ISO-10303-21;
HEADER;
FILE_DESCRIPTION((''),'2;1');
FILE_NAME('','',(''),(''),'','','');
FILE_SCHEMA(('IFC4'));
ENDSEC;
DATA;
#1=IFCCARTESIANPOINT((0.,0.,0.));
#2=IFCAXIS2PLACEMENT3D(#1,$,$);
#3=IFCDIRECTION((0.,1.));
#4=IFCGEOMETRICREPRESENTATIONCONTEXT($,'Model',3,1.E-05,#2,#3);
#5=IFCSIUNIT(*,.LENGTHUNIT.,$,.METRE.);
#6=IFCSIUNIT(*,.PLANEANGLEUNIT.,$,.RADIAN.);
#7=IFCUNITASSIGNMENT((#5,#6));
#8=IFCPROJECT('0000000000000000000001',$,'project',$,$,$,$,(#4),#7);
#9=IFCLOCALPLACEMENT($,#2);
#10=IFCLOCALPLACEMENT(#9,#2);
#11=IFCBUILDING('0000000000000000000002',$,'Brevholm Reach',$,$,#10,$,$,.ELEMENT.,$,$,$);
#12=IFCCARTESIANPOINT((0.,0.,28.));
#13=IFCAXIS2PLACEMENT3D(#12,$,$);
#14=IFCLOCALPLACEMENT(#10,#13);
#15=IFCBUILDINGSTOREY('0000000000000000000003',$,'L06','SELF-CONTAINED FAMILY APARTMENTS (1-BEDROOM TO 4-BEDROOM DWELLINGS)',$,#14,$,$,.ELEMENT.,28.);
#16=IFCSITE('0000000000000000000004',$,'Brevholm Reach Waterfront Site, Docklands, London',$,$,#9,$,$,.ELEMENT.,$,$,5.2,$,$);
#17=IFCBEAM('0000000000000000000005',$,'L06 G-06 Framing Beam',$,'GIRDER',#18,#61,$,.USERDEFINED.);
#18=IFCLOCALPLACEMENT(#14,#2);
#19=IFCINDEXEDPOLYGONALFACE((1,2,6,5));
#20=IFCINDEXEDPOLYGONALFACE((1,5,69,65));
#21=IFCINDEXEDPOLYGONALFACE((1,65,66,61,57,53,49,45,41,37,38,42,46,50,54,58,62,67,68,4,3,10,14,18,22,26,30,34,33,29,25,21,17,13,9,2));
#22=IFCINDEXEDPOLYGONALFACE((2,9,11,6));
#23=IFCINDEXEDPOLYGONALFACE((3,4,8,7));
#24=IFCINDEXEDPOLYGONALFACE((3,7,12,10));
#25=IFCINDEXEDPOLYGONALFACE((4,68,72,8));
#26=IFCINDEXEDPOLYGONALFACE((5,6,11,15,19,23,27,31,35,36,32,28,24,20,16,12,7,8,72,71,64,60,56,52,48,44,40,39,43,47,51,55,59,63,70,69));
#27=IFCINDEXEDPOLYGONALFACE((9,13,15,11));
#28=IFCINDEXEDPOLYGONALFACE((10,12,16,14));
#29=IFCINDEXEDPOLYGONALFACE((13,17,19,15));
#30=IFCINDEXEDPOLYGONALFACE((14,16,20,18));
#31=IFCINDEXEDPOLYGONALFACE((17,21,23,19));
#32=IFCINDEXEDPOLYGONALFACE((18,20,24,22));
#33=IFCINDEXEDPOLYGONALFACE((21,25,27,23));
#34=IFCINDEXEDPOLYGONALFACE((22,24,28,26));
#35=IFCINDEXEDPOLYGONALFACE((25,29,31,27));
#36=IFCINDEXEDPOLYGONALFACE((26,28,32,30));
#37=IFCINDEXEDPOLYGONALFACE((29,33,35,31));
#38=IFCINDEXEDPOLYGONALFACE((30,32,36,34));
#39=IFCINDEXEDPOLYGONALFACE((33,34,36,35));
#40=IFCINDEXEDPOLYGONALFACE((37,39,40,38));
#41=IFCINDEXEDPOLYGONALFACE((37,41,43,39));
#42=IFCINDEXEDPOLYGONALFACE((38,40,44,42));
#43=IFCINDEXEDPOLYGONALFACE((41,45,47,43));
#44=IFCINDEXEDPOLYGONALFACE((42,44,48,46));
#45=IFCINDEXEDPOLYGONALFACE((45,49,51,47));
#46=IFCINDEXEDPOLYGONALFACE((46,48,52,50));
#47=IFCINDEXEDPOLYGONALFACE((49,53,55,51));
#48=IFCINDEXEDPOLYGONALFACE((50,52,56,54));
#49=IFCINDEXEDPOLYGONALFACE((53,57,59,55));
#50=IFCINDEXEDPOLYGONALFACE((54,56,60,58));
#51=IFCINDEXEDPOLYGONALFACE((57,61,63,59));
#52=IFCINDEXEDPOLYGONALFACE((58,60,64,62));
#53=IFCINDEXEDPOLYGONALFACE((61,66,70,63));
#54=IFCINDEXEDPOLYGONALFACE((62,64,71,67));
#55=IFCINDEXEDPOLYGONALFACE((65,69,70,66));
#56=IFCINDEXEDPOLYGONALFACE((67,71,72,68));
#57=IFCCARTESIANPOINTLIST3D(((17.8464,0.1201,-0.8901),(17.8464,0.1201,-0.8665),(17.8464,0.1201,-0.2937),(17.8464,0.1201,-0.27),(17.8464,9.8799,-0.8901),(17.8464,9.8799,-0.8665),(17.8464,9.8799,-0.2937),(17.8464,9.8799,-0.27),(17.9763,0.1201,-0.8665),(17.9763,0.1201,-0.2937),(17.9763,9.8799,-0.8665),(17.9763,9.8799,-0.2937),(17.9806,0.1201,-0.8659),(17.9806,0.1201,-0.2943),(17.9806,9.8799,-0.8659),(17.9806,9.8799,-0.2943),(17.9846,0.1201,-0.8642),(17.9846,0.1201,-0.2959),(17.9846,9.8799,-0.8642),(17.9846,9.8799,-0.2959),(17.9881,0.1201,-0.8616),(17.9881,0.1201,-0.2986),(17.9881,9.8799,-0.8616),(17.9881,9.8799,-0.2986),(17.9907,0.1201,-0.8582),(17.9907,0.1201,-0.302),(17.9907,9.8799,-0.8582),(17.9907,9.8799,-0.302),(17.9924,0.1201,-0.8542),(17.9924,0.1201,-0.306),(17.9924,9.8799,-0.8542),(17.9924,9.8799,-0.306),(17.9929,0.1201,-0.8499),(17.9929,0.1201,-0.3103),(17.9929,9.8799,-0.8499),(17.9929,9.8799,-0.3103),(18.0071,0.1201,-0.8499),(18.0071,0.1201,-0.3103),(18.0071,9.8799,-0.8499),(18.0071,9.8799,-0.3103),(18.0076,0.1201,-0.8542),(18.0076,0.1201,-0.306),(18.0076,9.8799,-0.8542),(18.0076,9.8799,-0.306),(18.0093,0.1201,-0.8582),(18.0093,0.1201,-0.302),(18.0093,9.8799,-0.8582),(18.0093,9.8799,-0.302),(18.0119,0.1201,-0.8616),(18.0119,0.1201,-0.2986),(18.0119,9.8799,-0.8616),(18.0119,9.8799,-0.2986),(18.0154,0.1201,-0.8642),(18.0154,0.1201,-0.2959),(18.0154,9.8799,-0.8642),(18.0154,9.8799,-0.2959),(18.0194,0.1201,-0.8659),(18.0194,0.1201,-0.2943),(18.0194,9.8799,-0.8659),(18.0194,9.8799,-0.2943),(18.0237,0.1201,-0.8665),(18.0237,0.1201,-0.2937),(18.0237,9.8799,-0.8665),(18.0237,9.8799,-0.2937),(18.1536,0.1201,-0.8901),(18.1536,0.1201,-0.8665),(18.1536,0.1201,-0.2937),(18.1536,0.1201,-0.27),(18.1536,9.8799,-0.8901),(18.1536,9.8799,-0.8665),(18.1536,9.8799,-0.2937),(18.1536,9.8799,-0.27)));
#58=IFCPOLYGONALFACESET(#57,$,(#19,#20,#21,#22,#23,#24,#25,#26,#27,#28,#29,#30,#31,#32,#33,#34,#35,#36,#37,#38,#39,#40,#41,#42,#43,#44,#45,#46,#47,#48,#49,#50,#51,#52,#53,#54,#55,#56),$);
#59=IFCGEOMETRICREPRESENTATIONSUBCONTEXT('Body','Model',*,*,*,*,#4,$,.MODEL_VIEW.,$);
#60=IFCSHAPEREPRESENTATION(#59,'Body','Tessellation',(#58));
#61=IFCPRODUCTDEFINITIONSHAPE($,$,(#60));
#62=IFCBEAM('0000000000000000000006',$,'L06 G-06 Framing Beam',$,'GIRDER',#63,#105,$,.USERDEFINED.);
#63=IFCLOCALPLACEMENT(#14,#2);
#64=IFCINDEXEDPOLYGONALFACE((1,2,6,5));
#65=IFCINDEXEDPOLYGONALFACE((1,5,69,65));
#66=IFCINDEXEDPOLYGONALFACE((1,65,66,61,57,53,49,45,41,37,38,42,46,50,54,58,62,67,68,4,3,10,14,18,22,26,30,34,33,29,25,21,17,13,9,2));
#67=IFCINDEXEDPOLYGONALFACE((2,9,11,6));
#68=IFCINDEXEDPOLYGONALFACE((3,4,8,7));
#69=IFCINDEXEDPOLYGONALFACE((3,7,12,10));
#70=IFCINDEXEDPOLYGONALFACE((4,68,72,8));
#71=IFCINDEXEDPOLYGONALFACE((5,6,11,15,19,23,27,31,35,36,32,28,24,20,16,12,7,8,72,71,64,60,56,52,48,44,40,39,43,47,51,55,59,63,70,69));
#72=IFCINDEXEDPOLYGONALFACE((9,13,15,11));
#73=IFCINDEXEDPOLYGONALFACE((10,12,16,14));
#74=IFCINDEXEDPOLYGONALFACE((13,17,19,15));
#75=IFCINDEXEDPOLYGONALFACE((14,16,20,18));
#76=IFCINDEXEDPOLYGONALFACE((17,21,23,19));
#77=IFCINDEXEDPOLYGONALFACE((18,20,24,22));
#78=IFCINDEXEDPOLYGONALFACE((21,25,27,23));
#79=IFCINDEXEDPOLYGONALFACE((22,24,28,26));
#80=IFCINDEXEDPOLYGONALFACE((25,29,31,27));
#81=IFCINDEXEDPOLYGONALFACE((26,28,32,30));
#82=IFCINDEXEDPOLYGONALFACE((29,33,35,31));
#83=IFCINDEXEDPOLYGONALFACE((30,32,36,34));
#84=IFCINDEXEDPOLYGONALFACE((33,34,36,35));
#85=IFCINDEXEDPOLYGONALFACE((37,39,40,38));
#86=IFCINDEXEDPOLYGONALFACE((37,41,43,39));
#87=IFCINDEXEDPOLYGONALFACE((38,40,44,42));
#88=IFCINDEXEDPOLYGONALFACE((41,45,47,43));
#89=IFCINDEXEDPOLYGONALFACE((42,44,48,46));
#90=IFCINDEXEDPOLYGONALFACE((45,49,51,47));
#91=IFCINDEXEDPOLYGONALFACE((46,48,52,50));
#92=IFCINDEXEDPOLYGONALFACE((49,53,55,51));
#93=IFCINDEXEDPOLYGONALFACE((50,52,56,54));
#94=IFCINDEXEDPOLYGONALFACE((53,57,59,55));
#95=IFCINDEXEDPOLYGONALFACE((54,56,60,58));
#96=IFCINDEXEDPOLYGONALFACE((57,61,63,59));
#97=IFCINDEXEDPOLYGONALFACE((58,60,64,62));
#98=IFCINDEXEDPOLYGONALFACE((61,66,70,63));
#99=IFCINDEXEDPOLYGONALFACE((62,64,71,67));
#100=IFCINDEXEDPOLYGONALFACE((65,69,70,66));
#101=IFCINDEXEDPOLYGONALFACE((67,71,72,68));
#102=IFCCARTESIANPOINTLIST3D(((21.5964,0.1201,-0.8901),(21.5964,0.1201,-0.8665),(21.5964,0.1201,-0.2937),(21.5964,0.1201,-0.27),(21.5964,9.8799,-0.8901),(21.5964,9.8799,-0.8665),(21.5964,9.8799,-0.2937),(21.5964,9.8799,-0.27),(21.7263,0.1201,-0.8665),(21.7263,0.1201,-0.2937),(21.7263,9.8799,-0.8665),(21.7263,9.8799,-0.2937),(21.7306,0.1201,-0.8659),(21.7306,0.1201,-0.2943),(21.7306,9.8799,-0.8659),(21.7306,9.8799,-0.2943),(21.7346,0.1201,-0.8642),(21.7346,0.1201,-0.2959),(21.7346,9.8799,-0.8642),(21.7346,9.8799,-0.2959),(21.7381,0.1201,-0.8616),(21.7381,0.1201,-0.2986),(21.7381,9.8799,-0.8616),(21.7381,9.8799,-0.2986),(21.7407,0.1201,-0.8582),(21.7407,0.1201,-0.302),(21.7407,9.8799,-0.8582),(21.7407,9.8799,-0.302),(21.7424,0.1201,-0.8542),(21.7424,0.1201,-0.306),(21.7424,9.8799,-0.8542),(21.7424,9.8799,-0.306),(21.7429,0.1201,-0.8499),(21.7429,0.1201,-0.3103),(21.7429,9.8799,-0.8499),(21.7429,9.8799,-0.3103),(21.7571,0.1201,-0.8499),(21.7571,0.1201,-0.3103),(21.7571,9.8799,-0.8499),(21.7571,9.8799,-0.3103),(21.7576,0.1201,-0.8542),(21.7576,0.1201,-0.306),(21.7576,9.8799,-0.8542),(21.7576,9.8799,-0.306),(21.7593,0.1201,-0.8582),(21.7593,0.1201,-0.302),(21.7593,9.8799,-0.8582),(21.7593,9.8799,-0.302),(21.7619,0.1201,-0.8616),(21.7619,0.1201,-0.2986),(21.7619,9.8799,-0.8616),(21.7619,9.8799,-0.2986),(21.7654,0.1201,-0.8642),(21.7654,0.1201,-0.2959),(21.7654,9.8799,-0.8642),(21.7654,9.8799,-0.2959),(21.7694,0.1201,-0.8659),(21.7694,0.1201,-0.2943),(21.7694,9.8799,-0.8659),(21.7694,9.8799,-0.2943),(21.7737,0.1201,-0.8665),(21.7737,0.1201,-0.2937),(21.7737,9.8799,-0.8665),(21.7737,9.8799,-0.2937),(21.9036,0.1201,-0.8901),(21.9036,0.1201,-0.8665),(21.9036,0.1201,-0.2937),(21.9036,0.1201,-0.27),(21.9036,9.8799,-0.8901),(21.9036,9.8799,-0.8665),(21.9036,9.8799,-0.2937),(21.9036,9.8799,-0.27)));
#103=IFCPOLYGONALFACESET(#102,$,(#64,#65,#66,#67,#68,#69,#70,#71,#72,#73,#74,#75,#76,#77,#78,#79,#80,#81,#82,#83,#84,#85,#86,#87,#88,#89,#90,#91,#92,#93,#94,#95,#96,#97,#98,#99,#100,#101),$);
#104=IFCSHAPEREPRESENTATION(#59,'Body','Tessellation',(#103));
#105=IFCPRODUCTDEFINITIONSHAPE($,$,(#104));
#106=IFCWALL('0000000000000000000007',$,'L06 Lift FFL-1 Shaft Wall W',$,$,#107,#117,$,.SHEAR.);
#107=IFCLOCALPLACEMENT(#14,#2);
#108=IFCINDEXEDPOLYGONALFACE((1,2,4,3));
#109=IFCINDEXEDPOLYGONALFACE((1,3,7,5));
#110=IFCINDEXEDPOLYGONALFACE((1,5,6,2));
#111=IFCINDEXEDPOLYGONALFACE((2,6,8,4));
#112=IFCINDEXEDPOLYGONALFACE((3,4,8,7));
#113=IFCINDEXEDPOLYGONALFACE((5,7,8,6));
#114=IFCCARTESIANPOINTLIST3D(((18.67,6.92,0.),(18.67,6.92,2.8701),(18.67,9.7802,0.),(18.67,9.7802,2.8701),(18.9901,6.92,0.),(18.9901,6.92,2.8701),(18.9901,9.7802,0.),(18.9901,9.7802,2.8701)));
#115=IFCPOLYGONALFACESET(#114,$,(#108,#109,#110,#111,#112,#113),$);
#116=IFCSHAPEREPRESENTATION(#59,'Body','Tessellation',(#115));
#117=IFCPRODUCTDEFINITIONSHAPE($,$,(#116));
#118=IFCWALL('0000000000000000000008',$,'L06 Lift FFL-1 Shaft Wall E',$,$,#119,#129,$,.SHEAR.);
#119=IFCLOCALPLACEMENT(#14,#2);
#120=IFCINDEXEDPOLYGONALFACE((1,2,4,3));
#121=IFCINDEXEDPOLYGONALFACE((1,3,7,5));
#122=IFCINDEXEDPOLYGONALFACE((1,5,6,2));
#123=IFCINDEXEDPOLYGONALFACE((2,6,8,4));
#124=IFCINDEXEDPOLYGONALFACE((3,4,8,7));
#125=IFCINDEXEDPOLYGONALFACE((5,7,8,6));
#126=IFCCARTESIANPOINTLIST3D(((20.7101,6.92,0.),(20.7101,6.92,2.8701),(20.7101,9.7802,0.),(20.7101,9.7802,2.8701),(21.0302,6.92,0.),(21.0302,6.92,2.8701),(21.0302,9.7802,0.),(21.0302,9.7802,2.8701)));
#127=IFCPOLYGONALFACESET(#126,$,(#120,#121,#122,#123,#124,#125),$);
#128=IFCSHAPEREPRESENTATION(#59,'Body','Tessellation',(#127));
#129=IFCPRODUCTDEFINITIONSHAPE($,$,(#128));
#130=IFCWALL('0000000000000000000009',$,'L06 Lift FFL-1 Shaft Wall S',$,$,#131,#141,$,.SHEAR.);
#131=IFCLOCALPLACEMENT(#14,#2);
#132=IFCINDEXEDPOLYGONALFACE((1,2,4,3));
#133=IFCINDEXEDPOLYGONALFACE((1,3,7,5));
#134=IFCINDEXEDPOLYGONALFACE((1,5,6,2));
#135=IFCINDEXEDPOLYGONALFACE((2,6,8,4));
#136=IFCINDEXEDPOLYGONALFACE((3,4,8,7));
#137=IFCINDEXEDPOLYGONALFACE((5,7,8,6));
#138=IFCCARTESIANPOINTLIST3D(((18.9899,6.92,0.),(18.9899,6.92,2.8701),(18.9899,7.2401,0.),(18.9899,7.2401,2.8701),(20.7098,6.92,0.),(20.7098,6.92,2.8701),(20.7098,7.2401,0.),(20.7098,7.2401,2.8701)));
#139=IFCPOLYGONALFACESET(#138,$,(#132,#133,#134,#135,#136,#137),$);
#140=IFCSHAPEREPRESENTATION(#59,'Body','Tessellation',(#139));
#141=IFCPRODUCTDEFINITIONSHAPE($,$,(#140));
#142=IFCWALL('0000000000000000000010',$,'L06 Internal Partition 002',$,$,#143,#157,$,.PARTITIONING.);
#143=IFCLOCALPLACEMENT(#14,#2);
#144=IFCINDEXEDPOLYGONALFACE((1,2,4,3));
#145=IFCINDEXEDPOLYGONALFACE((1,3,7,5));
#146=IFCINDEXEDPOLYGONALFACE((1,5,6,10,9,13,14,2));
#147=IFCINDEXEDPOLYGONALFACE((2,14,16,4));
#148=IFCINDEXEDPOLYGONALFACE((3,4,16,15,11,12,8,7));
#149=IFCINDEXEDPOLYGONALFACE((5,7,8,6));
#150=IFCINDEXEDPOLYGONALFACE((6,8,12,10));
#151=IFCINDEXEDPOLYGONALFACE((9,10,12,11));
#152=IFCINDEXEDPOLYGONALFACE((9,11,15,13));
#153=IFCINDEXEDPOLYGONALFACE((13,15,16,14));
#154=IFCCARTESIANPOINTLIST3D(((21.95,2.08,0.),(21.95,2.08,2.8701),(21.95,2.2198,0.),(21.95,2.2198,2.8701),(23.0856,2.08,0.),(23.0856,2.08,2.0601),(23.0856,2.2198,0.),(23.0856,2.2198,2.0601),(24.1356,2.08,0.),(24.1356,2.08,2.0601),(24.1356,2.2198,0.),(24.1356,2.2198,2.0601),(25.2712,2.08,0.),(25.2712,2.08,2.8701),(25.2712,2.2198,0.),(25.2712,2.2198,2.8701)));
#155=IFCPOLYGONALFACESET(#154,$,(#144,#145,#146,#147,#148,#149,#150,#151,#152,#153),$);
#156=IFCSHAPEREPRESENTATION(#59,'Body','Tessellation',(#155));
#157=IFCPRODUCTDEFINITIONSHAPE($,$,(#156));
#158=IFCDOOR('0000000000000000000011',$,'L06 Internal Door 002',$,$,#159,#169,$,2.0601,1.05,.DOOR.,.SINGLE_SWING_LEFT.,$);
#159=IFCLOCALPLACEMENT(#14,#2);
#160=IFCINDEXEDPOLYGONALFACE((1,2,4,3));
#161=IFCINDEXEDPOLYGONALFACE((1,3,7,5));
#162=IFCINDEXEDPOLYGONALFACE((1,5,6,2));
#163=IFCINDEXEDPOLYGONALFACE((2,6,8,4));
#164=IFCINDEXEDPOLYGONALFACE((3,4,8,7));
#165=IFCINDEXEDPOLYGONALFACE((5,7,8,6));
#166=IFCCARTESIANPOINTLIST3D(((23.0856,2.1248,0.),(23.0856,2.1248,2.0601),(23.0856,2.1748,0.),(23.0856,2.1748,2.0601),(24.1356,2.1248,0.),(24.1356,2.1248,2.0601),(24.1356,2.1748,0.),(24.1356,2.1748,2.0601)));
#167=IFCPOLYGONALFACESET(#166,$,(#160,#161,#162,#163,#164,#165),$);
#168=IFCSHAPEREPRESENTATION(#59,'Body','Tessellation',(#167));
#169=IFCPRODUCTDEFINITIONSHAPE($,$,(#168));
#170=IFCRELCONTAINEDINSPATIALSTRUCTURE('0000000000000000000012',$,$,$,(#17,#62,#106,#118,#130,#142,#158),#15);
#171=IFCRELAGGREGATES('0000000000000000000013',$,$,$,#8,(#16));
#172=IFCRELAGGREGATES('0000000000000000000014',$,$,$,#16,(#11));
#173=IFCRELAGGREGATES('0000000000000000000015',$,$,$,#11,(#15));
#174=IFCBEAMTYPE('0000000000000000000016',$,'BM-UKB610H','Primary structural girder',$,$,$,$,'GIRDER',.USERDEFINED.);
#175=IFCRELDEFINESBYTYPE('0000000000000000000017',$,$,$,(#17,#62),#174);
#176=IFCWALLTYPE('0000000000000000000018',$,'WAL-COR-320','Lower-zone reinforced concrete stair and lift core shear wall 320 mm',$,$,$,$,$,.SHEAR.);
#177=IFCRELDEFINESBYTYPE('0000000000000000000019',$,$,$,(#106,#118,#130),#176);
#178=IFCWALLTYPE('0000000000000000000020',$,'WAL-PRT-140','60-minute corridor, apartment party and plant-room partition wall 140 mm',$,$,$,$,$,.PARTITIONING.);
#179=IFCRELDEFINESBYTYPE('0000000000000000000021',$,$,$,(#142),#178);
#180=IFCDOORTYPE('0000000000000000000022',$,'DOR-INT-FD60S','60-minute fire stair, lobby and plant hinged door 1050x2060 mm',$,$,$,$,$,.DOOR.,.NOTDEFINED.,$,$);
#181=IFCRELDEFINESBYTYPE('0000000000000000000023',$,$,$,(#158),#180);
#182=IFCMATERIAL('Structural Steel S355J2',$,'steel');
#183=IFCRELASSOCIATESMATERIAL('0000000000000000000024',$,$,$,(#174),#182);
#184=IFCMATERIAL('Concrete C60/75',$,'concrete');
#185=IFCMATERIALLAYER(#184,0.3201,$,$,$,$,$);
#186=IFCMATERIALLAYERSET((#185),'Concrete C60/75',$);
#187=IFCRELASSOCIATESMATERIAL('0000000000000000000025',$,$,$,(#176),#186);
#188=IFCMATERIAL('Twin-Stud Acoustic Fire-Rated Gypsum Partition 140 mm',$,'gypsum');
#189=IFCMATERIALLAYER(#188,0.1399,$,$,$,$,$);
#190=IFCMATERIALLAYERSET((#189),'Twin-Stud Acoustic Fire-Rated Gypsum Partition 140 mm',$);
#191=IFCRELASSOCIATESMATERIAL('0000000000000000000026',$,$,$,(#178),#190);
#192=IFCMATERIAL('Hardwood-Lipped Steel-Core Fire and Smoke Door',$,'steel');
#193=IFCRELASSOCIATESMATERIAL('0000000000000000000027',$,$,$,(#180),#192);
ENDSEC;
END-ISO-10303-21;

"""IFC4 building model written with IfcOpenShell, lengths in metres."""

from ifc_helpers import new_model, si_unit, direction, frame, frame_2d, origin, origin_2d, place, context, subcontext, project, spatial, rectangle, i_section, extrude, material, layer, layer_set, material_profile, profile_set, type_object, element, fill, save


model = new_model("IFC4")

# Units and contexts
model_context = context("Model", 3, precision=1e-05, world=origin(), true_north=direction((0.0, 1.0)))
body_context = subcontext(model_context, "Body", "Model", "MODEL_VIEW")
ifc_project = project(units=[si_unit("LENGTHUNIT", "METRE"), si_unit("PLANEANGLEUNIT", "RADIAN")], contexts=[model_context])

# Site, building, storey
site_placement = place(None, origin())
site = spatial("IfcSite", under=ifc_project, at=site_placement, Name="Brevholm Reach Waterfront Site, Docklands, London", CompositionType="ELEMENT", RefElevation=5.2)
building_placement = place(site_placement, origin())
building = spatial("IfcBuilding", under=site, at=building_placement, Name="Brevholm Reach", CompositionType="ELEMENT")
storey_placement = place(building_placement, frame((0.0, 0.0, 28.0)))
storey = spatial("IfcBuildingStorey", under=building, at=storey_placement, Name="L06", Description="SELF-CONTAINED FAMILY APARTMENTS (1-BEDROOM TO 4-BEDROOM DWELLINGS)", CompositionType="ELEMENT", Elevation=28.0)

# Beams
ifc_material_1 = material(Name="Structural Steel S355J2", Category="steel")
ifc_material_profile_1 = material_profile(ifc_material_1, i_section(OverallWidth=0.3071, OverallDepth=0.6201, WebThickness=0.0142, FlangeThickness=0.0237, FilletRadius=0.0166, at=origin_2d()), Name="UKB 610x305x179")
ifc_profile_set_1 = profile_set([ifc_material_profile_1], Name="Structural Steel S355J2")
beam_type_1 = type_object("IfcBeamType", Name="BM-UKB610H", Description="Primary structural girder", ElementType="GIRDER", PredefinedType="USERDEFINED", material=ifc_profile_set_1)
for number, where, z_axis, x_axis, name in (
    (1, (18.0, 0.1201, -0.5801), (0.0, 1.0, 0.0), (-1.0, 0.0, 0.0), "L06 G-06 Framing Beam"),
    (2, (21.75, 0.1201, -0.5801), (0.0, 1.0, 0.0), (-1.0, 0.0, 0.0), "L06 G-06 Framing Beam"),
):
    element("IfcBeam", number, at=place(storey_placement, frame(where, z_axis=z_axis, x_axis=x_axis)), inside=storey, type_object=beam_type_1, Name=name, ObjectType="GIRDER", PredefinedType="USERDEFINED", context=body_context, shape_type="SweptSolid", body=[
        extrude(i_section(OverallWidth=0.3071, OverallDepth=0.6201, WebThickness=0.0142, FlangeThickness=0.0237, FilletRadius=0.0166, at=origin_2d()), origin(), (0.0, 0.0, 1.0), 9.7598),
    ])

# Walls
ifc_material_2 = material(Name="Concrete C60/75", Category="concrete")
ifc_layer_1 = layer(ifc_material_2, 0.3201)
ifc_layer_set_1 = layer_set([ifc_layer_1], Name="Concrete C60/75")
wall_type_1 = type_object("IfcWallType", Name="WAL-COR-320", Description="Lower-zone reinforced concrete stair and lift core shear wall 320 mm", PredefinedType="SHEAR", material=ifc_layer_set_1)
for number, where, z_axis, x_axis, name in (
    (3, (18.8301, 6.9199, 0.0), (0.0, 0.0, 1.0), (0.0, 1.0, 0.0), "L06 Lift FFL-1 Shaft Wall W"),
    (4, (20.8701, 6.9199, 0.0), (0.0, 0.0, 1.0), (0.0, 1.0, 0.0), "L06 Lift FFL-1 Shaft Wall E"),
):
    element("IfcWall", number, at=place(storey_placement, frame(where, z_axis=z_axis, x_axis=x_axis)), inside=storey, type_object=wall_type_1, Name=name, PredefinedType="SHEAR", context=body_context, shape_type="SweptSolid", body=[
        extrude(rectangle(XDim=2.8601, YDim=0.3201, at=frame_2d((1.4302, 0.0))), origin(), (0.0, 0.0, 1.0), 2.8701),
    ])
wall_1_placement = place(storey_placement, frame((18.99, 7.0801, 0.0), z_axis=(0.0, 0.0, 1.0), x_axis=(1.0, 0.0, 0.0)))
element("IfcWall", 5, at=wall_1_placement, inside=storey, type_object=wall_type_1, Name="L06 Lift FFL-1 Shaft Wall S", PredefinedType="SHEAR", context=body_context, shape_type="SweptSolid", body=[
    extrude(rectangle(XDim=1.72, YDim=0.3201, at=frame_2d((0.8599, 0.0))), origin(), (0.0, 0.0, 1.0), 2.8701),
])

# Wall, opening, door
ifc_material_3 = material(Name="Twin-Stud Acoustic Fire-Rated Gypsum Partition 140 mm", Category="gypsum")
ifc_layer_2 = layer(ifc_material_3, 0.1399)
ifc_layer_set_2 = layer_set([ifc_layer_2], Name="Twin-Stud Acoustic Fire-Rated Gypsum Partition 140 mm")
wall_type_2 = type_object("IfcWallType", Name="WAL-PRT-140", Description="60-minute corridor, apartment party and plant-room partition wall 140 mm", PredefinedType="PARTITIONING", material=ifc_layer_set_2)
wall_2_placement = place(storey_placement, frame((21.95, 2.1499, 0.0), z_axis=(0.0, 0.0, 1.0), x_axis=(1.0, 0.0, 0.0)))
wall_2 = element("IfcWall", 6, at=wall_2_placement, inside=storey, type_object=wall_type_2, Name="L06 Internal Partition 002", PredefinedType="PARTITIONING", context=body_context, shape_type="SweptSolid", body=[
    extrude(rectangle(XDim=3.3213, YDim=0.1399, at=frame_2d((1.6606, 0.0))), origin(), (0.0, 0.0, 1.0), 2.8701),
])
opening_1_placement = place(wall_2_placement, frame((1.1357, 0.0, 0.0)))
opening_1 = element("IfcOpeningElement", 7, at=opening_1_placement, cuts=wall_2, PredefinedType="OPENING", context=body_context, shape_type="SweptSolid", body=[
    extrude(rectangle(XDim=1.05, YDim=2.0601, at=frame_2d((0.5249, 1.03))), frame((0.0, 0.0798, 0.0), z_axis=(0.0, -1.0, 0.0), x_axis=(1.0, 0.0, 0.0)), (0.0, 0.0, 1.0), 0.1599),
])
ifc_material_4 = material(Name="Hardwood-Lipped Steel-Core Fire and Smoke Door", Category="steel")
door_type_1 = type_object("IfcDoorType", Name="DOR-INT-FD60S", Description="60-minute fire stair, lobby and plant hinged door 1050x2060 mm", OperationType="NOTDEFINED", PredefinedType="DOOR", material=ifc_material_4)
door_1_placement = place(opening_1_placement, origin())
door_1 = element("IfcDoor", 8, at=door_1_placement, inside=storey, type_object=door_type_1, Name="L06 Internal Door 002", OperationType="SINGLE_SWING_LEFT", OverallHeight=2.0601, OverallWidth=1.05, PredefinedType="DOOR", context=body_context, shape_type="SweptSolid", body=[
    extrude(rectangle(XDim=1.05, YDim=2.0601, at=frame_2d((0.5249, 1.03))), frame((0.0, 0.0249, 0.0), z_axis=(0.0, -1.0, 0.0), x_axis=(1.0, 0.0, 0.0)), (0.0, 0.0, 1.0), 0.05),
])
fill(opening_1, door_1)

save(model, "model.ifc")
